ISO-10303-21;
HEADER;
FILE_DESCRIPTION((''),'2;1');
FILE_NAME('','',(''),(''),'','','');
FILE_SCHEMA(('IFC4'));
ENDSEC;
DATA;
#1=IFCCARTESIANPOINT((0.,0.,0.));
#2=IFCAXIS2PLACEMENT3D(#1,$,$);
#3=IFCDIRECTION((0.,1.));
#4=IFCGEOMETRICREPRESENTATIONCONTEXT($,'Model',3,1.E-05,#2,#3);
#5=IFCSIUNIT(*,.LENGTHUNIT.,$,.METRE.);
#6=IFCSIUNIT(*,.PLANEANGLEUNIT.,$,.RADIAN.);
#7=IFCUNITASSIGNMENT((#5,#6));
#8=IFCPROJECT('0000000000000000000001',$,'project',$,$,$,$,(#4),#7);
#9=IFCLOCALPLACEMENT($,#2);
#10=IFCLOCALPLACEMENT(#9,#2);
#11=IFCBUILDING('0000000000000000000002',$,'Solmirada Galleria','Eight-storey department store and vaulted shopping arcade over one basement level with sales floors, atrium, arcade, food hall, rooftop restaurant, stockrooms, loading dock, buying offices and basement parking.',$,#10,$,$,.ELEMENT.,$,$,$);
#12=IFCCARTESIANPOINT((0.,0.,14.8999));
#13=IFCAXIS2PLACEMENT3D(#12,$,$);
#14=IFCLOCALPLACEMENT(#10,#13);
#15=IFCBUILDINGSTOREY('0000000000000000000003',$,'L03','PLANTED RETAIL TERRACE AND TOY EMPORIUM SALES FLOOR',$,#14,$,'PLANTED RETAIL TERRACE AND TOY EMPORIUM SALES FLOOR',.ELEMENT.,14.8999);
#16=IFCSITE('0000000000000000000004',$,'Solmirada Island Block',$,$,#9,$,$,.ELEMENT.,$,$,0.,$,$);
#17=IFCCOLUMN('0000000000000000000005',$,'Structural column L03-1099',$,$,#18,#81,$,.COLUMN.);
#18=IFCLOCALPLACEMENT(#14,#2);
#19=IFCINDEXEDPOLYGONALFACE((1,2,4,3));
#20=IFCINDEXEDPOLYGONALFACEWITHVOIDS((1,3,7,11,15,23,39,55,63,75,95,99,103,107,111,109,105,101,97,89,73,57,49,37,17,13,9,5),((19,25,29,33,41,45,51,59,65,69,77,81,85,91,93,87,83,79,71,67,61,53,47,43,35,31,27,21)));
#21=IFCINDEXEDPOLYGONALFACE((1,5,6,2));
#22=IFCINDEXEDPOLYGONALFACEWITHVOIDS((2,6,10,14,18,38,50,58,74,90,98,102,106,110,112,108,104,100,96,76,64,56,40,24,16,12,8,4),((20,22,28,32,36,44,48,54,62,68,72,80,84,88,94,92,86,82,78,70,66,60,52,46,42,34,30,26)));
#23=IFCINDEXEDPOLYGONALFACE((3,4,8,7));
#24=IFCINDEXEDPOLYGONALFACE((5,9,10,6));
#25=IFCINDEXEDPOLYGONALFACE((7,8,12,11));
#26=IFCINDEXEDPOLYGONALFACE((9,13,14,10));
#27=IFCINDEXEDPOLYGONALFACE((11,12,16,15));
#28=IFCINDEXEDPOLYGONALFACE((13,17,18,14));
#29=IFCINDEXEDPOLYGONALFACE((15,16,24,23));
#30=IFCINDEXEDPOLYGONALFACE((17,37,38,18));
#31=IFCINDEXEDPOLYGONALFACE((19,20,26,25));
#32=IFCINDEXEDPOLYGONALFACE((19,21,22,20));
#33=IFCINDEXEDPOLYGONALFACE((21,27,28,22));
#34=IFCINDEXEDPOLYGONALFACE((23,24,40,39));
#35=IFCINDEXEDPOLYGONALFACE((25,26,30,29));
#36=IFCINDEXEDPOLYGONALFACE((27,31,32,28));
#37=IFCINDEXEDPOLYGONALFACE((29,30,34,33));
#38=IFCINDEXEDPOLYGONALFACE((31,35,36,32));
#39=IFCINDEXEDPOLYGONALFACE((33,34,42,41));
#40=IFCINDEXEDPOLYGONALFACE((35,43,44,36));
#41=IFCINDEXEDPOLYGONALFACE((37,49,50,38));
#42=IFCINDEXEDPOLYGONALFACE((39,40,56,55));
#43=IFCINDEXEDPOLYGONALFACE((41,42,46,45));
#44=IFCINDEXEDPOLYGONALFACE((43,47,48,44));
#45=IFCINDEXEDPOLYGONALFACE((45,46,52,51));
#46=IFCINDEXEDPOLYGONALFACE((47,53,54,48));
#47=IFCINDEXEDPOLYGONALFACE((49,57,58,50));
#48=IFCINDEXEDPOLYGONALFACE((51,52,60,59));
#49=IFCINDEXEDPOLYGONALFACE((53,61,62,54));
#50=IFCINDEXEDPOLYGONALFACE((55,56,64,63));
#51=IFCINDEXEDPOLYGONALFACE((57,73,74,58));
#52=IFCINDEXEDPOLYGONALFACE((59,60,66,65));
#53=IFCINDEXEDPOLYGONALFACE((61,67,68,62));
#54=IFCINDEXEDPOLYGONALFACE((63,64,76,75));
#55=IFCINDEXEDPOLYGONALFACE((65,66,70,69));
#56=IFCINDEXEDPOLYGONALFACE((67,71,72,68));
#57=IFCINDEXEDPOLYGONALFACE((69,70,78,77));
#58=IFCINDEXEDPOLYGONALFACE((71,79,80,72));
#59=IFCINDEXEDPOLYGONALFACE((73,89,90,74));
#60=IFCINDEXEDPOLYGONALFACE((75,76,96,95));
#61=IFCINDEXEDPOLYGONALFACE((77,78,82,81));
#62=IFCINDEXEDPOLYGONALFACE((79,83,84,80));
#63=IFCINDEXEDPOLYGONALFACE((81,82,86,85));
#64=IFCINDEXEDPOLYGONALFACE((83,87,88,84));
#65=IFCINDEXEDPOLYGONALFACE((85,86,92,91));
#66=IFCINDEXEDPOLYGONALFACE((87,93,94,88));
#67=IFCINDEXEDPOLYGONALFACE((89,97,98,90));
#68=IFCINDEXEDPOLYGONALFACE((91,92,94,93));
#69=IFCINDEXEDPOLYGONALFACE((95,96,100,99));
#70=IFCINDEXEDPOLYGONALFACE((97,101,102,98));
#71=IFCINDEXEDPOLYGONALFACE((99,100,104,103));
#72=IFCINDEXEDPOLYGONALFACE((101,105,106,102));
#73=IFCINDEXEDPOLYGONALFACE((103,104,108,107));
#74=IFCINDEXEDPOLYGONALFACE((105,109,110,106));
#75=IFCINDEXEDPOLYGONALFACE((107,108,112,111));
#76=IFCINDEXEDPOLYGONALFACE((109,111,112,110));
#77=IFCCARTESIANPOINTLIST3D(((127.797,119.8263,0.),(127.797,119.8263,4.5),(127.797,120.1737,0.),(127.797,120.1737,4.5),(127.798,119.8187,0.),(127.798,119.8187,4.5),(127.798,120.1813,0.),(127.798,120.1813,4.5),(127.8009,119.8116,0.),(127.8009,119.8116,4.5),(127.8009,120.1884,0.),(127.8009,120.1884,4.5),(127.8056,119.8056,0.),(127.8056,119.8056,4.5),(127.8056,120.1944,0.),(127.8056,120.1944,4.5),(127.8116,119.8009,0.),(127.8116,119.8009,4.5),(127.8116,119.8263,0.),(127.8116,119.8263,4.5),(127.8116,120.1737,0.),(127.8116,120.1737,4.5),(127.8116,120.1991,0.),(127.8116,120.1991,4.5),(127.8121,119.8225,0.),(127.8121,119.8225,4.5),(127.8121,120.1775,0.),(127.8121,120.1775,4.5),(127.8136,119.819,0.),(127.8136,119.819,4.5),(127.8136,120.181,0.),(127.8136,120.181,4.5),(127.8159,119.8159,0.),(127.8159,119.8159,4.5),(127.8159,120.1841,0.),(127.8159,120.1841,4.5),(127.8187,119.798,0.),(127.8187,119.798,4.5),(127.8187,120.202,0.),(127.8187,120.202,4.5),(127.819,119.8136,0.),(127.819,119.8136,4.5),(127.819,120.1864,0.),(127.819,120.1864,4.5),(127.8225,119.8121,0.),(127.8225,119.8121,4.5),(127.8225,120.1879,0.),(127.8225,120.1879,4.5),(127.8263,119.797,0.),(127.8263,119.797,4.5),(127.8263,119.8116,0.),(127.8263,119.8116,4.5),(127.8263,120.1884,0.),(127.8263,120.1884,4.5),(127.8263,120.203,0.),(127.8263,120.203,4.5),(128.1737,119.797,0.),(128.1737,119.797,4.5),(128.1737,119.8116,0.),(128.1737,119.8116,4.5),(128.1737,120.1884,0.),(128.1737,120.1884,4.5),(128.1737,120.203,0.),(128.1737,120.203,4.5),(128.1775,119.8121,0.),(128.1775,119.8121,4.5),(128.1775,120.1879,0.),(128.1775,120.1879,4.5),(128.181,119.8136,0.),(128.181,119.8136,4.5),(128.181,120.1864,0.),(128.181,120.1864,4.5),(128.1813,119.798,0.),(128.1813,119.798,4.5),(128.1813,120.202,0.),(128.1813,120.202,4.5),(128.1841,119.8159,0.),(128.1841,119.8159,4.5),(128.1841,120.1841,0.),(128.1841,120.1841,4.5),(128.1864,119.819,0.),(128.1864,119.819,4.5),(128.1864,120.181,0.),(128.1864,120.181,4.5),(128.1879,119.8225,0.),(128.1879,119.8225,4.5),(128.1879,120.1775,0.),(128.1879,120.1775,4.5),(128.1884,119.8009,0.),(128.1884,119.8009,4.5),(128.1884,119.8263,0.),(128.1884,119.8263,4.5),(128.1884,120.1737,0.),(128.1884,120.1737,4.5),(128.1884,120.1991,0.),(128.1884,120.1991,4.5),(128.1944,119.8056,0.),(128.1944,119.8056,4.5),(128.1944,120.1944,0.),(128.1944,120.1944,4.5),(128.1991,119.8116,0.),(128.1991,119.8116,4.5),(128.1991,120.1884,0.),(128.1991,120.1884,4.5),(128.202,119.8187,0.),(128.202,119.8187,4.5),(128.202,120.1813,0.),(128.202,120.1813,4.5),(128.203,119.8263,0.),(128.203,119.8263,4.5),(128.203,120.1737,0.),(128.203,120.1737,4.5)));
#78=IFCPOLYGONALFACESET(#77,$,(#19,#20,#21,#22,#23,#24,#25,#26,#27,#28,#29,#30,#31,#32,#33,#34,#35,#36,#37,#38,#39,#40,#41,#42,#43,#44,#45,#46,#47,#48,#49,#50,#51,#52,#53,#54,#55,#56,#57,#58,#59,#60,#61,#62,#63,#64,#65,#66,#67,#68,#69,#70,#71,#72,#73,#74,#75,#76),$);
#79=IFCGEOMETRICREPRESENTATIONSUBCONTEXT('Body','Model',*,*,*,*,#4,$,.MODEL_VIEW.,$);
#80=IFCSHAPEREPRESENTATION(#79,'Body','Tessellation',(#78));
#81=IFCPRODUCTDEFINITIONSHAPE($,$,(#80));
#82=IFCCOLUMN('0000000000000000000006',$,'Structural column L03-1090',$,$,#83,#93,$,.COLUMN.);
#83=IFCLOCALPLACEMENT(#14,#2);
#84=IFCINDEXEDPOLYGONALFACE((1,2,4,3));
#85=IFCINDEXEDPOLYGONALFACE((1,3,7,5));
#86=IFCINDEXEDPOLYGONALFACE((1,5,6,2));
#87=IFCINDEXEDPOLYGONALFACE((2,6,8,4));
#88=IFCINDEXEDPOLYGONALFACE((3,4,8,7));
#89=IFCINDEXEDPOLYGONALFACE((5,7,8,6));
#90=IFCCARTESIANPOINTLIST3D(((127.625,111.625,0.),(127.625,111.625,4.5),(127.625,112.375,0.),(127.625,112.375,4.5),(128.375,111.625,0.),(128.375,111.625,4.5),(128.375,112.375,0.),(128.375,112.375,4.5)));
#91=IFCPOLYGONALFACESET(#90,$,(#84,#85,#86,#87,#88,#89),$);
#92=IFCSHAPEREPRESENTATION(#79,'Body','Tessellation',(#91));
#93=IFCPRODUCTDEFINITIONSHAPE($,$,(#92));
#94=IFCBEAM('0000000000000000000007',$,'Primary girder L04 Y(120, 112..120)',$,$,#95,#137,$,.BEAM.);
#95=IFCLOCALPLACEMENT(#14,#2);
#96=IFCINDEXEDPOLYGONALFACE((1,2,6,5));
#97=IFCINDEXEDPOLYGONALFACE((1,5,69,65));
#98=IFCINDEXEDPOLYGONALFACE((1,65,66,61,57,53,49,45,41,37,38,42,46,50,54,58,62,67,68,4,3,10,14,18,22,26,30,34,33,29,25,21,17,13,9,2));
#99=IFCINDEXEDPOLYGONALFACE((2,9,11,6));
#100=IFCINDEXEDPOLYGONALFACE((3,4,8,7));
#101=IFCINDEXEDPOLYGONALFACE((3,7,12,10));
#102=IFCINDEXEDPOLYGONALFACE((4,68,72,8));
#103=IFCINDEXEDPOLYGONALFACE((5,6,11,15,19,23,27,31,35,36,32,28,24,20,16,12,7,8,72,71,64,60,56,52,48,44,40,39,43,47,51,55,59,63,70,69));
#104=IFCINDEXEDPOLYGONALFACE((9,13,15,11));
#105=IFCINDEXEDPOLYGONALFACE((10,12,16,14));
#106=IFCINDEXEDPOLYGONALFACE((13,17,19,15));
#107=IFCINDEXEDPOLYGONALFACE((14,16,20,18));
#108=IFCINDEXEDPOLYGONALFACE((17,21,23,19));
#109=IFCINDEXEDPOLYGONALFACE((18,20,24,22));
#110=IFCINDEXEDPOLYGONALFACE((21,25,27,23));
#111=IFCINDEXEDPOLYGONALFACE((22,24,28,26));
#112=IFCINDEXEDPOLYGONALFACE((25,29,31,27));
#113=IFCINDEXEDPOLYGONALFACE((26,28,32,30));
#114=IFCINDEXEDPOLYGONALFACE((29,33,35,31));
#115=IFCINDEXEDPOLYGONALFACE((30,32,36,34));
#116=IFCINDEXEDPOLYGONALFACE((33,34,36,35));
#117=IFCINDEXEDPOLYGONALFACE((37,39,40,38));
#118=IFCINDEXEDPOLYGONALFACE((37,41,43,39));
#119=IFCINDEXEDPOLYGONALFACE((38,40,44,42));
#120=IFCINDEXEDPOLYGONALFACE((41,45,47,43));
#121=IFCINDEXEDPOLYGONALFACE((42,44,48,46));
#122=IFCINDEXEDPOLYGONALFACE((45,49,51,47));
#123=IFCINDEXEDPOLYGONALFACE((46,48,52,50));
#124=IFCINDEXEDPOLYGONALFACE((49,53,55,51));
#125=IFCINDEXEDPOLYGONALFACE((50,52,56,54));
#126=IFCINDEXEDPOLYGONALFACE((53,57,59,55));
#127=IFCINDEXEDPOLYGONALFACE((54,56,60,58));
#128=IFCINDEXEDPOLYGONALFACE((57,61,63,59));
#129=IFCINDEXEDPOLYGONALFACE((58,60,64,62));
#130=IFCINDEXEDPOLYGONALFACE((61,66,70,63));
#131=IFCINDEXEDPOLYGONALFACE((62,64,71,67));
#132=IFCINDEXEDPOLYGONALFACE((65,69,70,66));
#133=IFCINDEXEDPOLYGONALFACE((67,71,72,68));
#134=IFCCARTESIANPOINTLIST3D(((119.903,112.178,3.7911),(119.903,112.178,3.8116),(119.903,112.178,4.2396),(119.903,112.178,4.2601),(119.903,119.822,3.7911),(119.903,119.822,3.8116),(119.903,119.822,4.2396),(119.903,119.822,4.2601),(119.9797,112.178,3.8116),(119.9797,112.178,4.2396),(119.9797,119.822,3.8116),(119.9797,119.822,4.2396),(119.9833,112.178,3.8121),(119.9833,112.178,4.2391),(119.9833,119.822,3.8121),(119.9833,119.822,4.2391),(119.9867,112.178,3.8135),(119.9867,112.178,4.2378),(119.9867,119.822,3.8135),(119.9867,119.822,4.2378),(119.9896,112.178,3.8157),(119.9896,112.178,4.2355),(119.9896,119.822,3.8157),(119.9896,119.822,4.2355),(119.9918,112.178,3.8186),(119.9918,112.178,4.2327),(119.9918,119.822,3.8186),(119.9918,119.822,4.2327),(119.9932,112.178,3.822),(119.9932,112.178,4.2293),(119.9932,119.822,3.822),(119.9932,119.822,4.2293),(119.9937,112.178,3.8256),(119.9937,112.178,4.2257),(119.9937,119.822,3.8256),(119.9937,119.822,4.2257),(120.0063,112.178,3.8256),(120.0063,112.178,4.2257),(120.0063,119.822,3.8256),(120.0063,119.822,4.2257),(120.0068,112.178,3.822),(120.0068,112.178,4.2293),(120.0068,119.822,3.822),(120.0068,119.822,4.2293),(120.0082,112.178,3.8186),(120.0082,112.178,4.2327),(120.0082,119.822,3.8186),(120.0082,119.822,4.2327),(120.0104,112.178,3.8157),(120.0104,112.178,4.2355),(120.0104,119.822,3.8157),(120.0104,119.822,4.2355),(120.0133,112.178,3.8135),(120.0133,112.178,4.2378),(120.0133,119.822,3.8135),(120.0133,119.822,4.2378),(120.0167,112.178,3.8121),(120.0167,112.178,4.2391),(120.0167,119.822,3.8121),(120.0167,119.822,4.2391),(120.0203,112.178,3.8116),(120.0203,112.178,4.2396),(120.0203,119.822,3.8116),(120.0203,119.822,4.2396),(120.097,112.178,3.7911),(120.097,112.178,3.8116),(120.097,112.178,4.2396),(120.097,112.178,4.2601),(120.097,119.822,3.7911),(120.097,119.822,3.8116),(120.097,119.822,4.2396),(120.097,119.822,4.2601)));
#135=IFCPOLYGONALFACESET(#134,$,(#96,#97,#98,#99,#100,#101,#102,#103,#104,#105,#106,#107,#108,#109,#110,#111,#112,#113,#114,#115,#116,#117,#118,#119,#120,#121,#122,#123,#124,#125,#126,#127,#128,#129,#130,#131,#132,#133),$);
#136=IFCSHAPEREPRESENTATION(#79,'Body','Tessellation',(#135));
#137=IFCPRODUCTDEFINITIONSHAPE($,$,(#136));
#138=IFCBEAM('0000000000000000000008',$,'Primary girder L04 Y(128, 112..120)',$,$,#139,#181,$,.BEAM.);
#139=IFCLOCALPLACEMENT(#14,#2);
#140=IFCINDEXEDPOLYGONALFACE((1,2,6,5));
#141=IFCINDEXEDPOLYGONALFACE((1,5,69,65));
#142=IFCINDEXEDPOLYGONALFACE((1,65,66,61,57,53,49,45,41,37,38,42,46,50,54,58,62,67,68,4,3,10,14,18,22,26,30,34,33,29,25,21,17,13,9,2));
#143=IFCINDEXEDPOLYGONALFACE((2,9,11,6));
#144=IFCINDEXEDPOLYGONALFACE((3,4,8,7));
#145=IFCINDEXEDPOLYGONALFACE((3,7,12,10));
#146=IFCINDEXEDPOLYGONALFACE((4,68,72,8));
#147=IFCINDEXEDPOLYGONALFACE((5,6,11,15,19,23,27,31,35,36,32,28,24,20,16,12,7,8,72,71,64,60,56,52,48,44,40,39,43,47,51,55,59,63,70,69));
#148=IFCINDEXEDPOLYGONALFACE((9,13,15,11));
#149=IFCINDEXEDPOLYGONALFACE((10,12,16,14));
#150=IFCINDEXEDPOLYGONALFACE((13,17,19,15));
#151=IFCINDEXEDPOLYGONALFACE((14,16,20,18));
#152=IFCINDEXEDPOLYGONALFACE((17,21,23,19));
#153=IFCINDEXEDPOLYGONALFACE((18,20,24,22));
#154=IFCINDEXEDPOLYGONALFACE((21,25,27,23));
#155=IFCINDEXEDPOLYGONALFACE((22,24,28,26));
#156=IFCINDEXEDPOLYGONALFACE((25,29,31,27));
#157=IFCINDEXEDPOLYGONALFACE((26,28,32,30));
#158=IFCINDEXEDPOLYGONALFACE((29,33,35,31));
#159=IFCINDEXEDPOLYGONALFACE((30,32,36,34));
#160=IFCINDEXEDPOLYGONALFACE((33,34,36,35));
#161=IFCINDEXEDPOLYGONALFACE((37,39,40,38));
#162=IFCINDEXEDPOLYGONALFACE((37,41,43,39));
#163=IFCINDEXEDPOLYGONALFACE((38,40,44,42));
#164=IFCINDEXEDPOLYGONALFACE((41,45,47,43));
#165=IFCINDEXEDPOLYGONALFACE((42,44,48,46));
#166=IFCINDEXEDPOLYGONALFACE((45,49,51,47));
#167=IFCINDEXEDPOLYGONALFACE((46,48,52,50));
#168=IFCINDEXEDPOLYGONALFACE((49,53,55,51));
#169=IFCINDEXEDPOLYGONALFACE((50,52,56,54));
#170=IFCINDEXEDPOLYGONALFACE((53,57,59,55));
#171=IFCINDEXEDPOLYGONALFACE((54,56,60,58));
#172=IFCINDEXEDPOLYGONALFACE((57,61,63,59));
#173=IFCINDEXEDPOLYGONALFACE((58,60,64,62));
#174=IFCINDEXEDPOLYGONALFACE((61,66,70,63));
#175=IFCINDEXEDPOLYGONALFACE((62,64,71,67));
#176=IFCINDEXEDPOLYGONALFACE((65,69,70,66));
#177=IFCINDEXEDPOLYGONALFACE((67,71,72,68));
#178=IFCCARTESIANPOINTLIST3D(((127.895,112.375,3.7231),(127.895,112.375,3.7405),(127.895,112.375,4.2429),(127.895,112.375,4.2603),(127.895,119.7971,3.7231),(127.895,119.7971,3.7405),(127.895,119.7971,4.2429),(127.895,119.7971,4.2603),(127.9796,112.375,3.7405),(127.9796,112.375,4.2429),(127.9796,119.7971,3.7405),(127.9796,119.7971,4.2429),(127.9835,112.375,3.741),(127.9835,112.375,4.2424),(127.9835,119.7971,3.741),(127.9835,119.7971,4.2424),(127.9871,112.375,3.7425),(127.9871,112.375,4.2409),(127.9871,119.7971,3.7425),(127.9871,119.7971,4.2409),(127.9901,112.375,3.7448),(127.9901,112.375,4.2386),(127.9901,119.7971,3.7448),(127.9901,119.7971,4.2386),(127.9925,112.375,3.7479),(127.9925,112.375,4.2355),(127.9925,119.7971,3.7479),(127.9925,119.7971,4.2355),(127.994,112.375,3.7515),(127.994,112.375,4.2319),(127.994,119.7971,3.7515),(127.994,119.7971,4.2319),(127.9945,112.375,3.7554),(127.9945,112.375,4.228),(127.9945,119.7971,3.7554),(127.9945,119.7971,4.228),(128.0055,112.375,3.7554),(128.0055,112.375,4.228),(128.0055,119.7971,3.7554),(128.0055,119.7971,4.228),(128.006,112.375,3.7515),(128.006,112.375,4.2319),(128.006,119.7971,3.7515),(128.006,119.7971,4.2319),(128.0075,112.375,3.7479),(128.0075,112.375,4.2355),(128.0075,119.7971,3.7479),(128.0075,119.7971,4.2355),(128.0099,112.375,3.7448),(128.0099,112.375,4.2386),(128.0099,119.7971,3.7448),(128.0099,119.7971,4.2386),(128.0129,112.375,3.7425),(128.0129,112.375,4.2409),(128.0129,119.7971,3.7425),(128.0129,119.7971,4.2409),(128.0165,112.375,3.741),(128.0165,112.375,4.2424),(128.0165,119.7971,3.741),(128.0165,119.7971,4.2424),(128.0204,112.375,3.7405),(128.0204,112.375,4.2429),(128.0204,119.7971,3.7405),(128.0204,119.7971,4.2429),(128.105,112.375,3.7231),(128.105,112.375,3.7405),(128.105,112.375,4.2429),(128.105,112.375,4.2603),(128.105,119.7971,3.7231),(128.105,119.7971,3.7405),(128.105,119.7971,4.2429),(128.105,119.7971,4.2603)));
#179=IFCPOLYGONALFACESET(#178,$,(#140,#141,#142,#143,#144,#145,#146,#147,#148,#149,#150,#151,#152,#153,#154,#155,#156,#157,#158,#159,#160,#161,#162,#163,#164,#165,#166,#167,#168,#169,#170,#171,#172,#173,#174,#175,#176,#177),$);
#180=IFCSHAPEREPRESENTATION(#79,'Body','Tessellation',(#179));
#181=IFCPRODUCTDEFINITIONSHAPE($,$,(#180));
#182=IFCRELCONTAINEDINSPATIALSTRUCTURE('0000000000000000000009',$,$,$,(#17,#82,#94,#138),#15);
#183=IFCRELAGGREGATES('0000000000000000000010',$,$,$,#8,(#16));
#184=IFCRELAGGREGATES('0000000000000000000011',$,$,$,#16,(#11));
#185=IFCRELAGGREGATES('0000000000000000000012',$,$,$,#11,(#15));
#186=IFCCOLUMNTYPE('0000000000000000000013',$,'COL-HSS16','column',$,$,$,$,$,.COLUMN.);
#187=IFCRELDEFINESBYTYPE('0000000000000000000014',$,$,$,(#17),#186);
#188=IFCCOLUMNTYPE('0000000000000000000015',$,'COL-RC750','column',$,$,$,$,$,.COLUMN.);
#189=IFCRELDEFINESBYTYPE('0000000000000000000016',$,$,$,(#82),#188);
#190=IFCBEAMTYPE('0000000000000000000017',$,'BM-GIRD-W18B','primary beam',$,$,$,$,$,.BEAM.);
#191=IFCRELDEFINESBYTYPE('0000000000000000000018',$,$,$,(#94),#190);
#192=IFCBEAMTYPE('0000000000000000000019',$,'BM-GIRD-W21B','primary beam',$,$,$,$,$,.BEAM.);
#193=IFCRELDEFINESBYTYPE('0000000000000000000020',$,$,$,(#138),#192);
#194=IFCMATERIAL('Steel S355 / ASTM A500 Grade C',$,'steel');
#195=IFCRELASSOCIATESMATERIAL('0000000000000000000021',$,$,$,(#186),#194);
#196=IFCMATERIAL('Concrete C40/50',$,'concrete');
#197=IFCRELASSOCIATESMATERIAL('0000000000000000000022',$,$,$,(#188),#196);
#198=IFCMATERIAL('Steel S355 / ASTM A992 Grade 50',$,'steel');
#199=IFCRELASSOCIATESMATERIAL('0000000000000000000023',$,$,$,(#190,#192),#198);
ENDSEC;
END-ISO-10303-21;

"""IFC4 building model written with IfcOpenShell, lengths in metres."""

from ifc_helpers import new_model, si_unit, direction, frame, origin, origin_2d, place, context, subcontext, project, spatial, rectangle, hollow_rectangle, i_section, extrude, material, material_profile, profile_set, type_object, element, save


model = new_model("IFC4")

# Units and contexts
model_context = context("Model", 3, precision=1e-05, world=origin(), true_north=direction((0.0, 1.0)))
body_context = subcontext(model_context, "Body", "Model", "MODEL_VIEW")
ifc_project = project(units=[si_unit("LENGTHUNIT", "METRE"), si_unit("PLANEANGLEUNIT", "RADIAN")], contexts=[model_context])

# Site, building, storey
site_placement = place(None, origin())
site = spatial("IfcSite", under=ifc_project, at=site_placement, Name="Solmirada Island Block", CompositionType="ELEMENT", RefElevation=0.0)
building_placement = place(site_placement, origin())
building = spatial("IfcBuilding", under=site, at=building_placement, Name="Solmirada Galleria", Description="Eight-storey department store and vaulted shopping arcade over one basement level with sales floors, atrium, arcade, food hall, rooftop restaurant, stockrooms, loading dock, buying offices and basement parking.", CompositionType="ELEMENT")
storey_placement = place(building_placement, frame((0.0, 0.0, 14.8999)))
storey = spatial("IfcBuildingStorey", under=building, at=storey_placement, Name="L03", Description="PLANTED RETAIL TERRACE AND TOY EMPORIUM SALES FLOOR", LongName="PLANTED RETAIL TERRACE AND TOY EMPORIUM SALES FLOOR", CompositionType="ELEMENT", Elevation=14.8999)

# Columns
ifc_material_1 = material(Name="Steel S355 / ASTM A500 Grade C", Category="steel")
ifc_material_profile_1 = material_profile(ifc_material_1, hollow_rectangle(XDim=0.406, YDim=0.406, WallThickness=0.0146, InnerFilletRadius=0.0146, OuterFilletRadius=0.0293, at=origin_2d()), Name="HSS16X16X5/8")
ifc_profile_set_1 = profile_set([ifc_material_profile_1], Name="Steel S355 / ASTM A500 Grade C")
column_type_1 = type_object("IfcColumnType", Name="COL-HSS16", Description="column", PredefinedType="COLUMN", material=ifc_profile_set_1)
column_1_placement = place(storey_placement, frame((128.0, 120.0, 0.0), z_axis=(0.0, 0.0, 1.0), x_axis=(1.0, 0.0, 0.0)))
element("IfcColumn", 1, at=column_1_placement, inside=storey, type_object=column_type_1, Name="Structural column L03-1099", PredefinedType="COLUMN", context=body_context, shape_type="SweptSolid", body=[
    extrude(hollow_rectangle(XDim=0.406, YDim=0.406, WallThickness=0.0146, InnerFilletRadius=0.0146, OuterFilletRadius=0.0293, at=origin_2d()), origin(), (0.0, 0.0, 1.0), 4.5),
])
ifc_material_2 = material(Name="Concrete C40/50", Category="concrete")
ifc_material_profile_2 = material_profile(ifc_material_2, rectangle(XDim=0.75, YDim=0.75, at=origin_2d()), Name="RC750X750")
ifc_profile_set_2 = profile_set([ifc_material_profile_2], Name="Concrete C40/50")
column_type_2 = type_object("IfcColumnType", Name="COL-RC750", Description="column", PredefinedType="COLUMN", material=ifc_profile_set_2)
column_2_placement = place(storey_placement, frame((128.0, 112.0, 0.0), z_axis=(0.0, 0.0, 1.0), x_axis=(1.0, 0.0, 0.0)))
element("IfcColumn", 2, at=column_2_placement, inside=storey, type_object=column_type_2, Name="Structural column L03-1090", PredefinedType="COLUMN", context=body_context, shape_type="SweptSolid", body=[
    extrude(rectangle(XDim=0.75, YDim=0.75, at=origin_2d()), origin(), (0.0, 0.0, 1.0), 4.5),
])

# Beams
ifc_material_3 = material(Name="Steel S355 / ASTM A992 Grade 50", Category="steel")
ifc_material_profile_3 = material_profile(ifc_material_3, i_section(OverallWidth=0.1941, OverallDepth=0.469, WebThickness=0.0127, FlangeThickness=0.0205, FilletRadius=0.0139, at=origin_2d()), Name="W18X71")
ifc_profile_set_3 = profile_set([ifc_material_profile_3], Name="Steel S355 / ASTM A992 Grade 50")
beam_type_1 = type_object("IfcBeamType", Name="BM-GIRD-W18B", Description="primary beam", PredefinedType="BEAM", material=ifc_profile_set_3)
beam_1_placement = place(storey_placement, frame((120.0, 112.178, 4.0256), z_axis=(0.0, 1.0, 0.0), x_axis=(-1.0, 0.0, 0.0)))
element("IfcBeam", 3, at=beam_1_placement, inside=storey, type_object=beam_type_1, Name="Primary girder L04 Y(120, 112..120)", PredefinedType="BEAM", context=body_context, shape_type="SweptSolid", body=[
    extrude(i_section(OverallWidth=0.1941, OverallDepth=0.469, WebThickness=0.0127, FlangeThickness=0.0205, FilletRadius=0.0139, at=origin_2d()), origin(), (0.0, 0.0, 1.0), 7.644),
])
ifc_material_profile_4 = material_profile(ifc_material_3, i_section(OverallWidth=0.21, OverallDepth=0.5371, WebThickness=0.011, FlangeThickness=0.0173, FilletRadius=0.0149, at=origin_2d()), Name="W21X68")
ifc_profile_set_4 = profile_set([ifc_material_profile_4], Name="Steel S355 / ASTM A992 Grade 50")
beam_type_2 = type_object("IfcBeamType", Name="BM-GIRD-W21B", Description="primary beam", PredefinedType="BEAM", material=ifc_profile_set_4)
beam_2_placement = place(storey_placement, frame((128.0, 112.375, 3.9917), z_axis=(0.0, 1.0, 0.0), x_axis=(-1.0, 0.0, 0.0)))
element("IfcBeam", 4, at=beam_2_placement, inside=storey, type_object=beam_type_2, Name="Primary girder L04 Y(128, 112..120)", PredefinedType="BEAM", context=body_context, shape_type="SweptSolid", body=[
    extrude(i_section(OverallWidth=0.21, OverallDepth=0.5371, WebThickness=0.011, FlangeThickness=0.0173, FilletRadius=0.0149, at=origin_2d()), origin(), (0.0, 0.0, 1.0), 7.4221),
])

save(model, "model.ifc")
